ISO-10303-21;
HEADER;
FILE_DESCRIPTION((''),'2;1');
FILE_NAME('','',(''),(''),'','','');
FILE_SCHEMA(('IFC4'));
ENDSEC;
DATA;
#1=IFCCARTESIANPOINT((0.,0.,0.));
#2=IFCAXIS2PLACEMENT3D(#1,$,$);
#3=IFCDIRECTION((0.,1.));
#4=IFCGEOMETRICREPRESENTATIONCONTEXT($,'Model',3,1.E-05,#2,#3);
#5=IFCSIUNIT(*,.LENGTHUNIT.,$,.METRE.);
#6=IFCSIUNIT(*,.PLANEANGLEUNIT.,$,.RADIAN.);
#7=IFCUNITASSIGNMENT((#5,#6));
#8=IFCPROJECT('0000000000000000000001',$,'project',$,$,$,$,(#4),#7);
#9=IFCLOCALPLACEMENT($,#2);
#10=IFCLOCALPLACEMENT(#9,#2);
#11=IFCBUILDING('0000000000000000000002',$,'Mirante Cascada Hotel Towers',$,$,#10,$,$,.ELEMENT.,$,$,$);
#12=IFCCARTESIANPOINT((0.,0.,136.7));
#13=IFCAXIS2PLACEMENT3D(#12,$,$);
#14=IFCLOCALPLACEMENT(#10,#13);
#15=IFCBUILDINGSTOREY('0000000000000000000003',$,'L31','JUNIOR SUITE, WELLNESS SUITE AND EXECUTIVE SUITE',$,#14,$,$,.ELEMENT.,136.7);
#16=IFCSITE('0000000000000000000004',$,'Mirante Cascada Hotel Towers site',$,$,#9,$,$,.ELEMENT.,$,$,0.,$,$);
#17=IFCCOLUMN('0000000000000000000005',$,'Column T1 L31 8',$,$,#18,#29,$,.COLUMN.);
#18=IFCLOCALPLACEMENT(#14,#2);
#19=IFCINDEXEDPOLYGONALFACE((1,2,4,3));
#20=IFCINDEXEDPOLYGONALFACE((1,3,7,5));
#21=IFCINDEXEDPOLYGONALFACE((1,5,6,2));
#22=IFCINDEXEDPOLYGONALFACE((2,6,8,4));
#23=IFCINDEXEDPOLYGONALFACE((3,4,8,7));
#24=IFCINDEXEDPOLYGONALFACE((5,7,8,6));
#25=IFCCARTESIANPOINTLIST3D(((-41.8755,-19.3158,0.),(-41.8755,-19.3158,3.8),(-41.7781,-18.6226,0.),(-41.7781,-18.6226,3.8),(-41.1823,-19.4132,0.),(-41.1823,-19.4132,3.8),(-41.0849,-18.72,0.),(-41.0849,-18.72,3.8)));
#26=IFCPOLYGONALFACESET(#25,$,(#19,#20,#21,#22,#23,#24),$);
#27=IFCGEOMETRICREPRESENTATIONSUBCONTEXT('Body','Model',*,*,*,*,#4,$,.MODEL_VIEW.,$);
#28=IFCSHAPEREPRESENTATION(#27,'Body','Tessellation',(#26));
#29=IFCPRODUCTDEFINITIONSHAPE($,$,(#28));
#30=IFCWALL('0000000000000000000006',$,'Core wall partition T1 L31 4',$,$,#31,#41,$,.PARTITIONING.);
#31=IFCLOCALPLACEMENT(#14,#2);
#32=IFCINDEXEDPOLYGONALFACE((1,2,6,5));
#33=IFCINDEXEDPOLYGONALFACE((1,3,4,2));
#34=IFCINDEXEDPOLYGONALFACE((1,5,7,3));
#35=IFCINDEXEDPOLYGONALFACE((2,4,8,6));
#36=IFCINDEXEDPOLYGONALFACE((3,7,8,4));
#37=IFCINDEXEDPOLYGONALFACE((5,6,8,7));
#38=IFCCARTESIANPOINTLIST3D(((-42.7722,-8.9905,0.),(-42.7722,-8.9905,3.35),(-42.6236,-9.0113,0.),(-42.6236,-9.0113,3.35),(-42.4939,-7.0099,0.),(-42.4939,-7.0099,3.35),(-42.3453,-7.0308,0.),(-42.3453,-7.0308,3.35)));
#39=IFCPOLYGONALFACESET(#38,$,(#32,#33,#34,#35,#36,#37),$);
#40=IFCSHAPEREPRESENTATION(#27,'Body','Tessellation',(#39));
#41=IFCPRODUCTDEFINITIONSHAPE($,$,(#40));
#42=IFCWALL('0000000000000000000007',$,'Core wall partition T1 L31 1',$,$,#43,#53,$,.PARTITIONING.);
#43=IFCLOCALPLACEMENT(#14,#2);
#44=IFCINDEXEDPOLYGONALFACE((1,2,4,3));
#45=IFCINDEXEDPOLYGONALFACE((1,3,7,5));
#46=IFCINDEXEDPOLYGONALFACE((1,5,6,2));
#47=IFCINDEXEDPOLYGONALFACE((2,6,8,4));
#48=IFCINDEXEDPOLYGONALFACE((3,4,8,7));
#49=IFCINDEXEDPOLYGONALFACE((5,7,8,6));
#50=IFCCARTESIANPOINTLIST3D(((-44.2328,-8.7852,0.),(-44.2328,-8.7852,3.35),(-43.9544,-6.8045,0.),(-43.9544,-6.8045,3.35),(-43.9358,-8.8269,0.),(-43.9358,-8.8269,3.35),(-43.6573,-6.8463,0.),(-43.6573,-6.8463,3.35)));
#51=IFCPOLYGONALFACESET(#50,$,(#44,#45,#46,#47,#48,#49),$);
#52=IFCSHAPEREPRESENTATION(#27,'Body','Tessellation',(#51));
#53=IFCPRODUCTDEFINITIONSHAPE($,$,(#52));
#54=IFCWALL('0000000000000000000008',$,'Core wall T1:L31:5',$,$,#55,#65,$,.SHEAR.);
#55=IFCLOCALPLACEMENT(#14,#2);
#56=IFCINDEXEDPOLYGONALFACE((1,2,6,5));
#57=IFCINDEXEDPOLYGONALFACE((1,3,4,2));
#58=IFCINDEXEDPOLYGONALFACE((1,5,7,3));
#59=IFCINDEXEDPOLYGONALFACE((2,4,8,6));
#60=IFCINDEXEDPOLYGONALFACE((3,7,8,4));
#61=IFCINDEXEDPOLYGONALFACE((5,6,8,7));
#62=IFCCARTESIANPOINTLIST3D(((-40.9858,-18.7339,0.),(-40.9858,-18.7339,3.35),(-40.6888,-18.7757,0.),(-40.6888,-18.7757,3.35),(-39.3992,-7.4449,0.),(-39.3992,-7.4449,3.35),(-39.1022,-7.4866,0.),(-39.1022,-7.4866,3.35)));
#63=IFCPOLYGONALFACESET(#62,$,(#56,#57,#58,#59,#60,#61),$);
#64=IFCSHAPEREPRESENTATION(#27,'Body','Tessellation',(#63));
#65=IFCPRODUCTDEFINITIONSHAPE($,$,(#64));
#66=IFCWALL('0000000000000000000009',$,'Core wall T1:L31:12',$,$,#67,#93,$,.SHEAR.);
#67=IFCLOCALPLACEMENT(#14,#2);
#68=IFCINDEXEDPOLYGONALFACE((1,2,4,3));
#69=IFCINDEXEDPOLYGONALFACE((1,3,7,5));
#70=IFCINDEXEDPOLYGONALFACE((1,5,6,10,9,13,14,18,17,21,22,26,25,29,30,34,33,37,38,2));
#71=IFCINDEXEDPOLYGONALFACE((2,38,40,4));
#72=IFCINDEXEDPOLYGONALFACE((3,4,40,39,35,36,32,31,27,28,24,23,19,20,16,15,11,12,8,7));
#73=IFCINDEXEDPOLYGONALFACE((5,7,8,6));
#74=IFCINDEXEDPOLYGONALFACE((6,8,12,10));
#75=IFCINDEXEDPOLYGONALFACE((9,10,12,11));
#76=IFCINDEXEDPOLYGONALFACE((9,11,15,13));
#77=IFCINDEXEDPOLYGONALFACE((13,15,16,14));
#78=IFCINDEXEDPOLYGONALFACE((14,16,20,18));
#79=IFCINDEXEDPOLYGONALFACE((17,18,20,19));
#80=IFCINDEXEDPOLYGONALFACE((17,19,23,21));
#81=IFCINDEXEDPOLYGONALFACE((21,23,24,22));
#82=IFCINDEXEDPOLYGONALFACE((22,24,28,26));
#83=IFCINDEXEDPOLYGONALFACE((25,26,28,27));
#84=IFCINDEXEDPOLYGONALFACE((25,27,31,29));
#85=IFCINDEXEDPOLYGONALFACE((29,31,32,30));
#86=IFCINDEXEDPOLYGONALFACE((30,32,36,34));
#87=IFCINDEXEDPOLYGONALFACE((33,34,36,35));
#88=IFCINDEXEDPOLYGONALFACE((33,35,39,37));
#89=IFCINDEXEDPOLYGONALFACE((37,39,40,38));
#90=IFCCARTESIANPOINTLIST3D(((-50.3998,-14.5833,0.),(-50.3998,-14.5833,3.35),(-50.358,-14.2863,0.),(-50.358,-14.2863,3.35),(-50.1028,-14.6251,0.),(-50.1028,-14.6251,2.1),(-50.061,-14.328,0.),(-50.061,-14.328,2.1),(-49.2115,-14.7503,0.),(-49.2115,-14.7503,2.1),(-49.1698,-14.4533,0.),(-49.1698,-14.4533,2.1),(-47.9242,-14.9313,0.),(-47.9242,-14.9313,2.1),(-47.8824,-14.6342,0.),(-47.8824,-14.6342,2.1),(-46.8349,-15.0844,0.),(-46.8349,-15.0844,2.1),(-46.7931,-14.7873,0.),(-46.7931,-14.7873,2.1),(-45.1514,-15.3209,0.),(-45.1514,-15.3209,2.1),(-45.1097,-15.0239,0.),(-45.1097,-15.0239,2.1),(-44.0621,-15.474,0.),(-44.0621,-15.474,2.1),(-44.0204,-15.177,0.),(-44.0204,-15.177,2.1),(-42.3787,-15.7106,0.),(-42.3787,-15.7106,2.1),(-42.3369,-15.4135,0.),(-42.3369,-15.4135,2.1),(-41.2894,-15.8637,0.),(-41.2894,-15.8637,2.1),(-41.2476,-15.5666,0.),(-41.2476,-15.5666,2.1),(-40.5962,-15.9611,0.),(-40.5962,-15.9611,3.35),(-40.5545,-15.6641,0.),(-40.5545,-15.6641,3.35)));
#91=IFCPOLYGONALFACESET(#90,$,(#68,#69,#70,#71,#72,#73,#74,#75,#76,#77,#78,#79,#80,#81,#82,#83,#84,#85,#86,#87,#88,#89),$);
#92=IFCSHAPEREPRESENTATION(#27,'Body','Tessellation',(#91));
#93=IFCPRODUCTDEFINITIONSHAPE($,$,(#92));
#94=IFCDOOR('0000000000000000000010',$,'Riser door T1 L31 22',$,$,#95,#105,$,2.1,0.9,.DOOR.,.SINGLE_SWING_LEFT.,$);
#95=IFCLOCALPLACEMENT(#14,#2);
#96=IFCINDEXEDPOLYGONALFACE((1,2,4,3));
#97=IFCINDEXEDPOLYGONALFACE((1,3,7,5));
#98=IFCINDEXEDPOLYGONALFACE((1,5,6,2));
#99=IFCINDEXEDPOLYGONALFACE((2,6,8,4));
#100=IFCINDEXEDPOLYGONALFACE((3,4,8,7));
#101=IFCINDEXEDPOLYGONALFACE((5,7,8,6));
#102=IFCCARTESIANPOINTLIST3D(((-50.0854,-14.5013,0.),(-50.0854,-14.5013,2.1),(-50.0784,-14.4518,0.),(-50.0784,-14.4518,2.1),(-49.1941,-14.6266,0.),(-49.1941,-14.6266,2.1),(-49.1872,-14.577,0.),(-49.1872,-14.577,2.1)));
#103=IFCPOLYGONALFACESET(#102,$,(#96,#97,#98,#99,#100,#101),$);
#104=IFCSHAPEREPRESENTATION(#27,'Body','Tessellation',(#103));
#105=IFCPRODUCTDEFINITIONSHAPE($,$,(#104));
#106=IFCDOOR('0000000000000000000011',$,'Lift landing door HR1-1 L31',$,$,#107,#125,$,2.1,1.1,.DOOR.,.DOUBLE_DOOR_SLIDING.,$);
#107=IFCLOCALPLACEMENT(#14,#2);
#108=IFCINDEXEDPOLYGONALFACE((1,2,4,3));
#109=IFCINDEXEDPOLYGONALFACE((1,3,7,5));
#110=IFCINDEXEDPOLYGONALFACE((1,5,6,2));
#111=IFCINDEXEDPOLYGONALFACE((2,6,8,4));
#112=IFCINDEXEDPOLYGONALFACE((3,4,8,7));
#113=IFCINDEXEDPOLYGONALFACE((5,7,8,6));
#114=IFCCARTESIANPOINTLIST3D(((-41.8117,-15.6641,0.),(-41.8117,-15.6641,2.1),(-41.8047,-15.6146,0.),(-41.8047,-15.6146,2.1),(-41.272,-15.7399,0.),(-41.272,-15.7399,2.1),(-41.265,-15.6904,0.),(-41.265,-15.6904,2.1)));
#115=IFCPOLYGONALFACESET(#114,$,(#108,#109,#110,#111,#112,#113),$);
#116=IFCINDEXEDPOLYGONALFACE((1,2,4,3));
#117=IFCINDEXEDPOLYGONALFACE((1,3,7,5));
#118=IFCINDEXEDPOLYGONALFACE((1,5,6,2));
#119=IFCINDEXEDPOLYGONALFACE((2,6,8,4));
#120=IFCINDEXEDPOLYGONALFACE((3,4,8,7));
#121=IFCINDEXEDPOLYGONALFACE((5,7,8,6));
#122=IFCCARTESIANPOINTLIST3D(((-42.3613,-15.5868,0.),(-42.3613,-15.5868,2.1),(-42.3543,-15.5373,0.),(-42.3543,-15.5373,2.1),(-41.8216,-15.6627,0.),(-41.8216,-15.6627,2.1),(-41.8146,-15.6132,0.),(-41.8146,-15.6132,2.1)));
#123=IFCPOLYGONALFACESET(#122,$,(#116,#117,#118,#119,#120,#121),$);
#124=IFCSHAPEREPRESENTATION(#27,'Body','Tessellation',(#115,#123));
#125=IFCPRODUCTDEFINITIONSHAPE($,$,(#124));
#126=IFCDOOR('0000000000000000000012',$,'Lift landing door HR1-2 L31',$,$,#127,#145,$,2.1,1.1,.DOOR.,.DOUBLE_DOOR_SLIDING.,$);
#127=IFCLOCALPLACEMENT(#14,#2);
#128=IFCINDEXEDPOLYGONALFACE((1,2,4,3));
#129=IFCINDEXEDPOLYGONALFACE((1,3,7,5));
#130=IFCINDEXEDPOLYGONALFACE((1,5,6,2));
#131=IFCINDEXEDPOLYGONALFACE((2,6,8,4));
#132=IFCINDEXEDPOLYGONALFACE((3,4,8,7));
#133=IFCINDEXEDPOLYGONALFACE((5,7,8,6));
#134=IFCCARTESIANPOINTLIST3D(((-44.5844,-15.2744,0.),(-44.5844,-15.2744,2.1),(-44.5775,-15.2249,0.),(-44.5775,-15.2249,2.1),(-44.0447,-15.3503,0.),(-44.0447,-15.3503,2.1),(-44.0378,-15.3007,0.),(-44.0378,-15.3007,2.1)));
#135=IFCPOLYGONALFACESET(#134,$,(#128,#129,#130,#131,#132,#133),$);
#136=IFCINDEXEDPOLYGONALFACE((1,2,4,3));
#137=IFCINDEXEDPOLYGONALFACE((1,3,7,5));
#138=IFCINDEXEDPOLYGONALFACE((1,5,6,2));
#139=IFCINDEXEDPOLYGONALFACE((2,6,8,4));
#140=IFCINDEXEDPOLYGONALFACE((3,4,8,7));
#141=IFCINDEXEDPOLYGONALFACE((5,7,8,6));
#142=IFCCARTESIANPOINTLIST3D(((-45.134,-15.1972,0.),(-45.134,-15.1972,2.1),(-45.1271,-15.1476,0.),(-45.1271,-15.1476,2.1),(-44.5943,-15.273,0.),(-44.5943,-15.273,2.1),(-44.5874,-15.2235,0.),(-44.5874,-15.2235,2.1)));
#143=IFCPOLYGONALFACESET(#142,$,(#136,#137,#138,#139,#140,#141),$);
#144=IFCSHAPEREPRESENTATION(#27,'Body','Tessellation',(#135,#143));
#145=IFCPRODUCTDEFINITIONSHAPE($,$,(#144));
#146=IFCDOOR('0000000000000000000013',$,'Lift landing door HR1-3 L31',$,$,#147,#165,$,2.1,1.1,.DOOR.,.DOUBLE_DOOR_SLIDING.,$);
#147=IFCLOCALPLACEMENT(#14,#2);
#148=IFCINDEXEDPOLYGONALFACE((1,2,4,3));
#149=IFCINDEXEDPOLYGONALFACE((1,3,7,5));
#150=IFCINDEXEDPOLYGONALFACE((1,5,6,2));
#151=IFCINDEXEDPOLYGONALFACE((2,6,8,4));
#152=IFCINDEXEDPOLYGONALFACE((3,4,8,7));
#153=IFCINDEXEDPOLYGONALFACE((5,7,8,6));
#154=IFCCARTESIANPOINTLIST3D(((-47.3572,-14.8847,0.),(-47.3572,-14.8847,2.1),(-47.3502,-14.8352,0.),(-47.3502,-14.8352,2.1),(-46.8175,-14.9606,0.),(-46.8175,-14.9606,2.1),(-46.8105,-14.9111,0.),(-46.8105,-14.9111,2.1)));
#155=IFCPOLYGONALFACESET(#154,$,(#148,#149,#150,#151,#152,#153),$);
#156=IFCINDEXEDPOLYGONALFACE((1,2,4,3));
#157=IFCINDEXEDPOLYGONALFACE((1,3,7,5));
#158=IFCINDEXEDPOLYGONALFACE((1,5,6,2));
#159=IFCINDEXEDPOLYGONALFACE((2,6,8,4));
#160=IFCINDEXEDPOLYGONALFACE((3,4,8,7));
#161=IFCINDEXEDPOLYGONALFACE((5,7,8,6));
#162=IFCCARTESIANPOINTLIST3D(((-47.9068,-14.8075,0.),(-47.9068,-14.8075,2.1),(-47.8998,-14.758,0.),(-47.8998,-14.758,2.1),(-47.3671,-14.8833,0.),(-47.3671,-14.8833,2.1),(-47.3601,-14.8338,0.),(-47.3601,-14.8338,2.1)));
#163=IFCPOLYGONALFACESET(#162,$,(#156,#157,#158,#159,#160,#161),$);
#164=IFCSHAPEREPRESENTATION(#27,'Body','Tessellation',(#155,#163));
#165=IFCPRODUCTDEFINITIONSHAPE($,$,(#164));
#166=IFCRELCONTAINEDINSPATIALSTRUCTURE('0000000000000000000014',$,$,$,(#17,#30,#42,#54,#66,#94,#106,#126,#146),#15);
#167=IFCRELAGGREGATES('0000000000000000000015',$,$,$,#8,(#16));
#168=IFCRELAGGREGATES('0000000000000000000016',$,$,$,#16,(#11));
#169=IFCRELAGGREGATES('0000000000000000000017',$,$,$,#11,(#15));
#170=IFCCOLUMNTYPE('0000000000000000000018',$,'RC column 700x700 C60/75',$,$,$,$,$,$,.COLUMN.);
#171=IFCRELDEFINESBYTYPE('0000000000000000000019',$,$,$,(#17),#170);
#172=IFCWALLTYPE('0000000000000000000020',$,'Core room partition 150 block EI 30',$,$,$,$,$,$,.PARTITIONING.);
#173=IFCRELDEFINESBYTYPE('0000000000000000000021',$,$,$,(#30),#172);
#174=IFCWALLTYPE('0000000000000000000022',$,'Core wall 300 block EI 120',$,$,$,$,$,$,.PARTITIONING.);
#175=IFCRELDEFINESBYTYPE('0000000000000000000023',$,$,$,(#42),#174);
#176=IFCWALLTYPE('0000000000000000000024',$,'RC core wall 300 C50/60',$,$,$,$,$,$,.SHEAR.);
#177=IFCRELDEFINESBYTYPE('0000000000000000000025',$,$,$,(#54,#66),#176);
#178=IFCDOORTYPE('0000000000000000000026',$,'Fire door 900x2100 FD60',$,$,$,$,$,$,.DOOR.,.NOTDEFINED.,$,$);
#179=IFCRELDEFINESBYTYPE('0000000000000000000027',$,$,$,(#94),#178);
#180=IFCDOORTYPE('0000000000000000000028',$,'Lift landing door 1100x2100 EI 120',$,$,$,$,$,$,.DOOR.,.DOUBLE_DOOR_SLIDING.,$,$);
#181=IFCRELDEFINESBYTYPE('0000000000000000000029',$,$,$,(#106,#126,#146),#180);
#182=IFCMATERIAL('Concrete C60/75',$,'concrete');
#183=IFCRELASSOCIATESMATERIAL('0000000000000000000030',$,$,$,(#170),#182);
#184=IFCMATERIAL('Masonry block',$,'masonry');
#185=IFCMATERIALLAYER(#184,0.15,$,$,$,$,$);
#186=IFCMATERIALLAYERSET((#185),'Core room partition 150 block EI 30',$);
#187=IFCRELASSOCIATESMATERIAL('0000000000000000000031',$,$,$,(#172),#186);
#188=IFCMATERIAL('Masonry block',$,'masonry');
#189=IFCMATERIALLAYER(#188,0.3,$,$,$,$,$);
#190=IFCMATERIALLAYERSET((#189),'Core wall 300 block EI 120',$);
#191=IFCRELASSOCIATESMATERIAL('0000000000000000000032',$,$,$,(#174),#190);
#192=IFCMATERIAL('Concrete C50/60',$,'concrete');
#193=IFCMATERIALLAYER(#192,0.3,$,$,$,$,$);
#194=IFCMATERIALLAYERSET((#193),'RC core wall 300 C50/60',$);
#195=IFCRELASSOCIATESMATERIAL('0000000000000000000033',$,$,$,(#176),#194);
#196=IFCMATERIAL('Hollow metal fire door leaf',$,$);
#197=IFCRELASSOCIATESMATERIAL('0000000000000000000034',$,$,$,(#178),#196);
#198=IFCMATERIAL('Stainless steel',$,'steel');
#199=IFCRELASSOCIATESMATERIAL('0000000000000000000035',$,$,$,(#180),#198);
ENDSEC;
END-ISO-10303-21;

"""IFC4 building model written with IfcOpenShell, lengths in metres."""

from ifc_helpers import new_model, si_unit, direction, frame, frame_2d, origin, origin_2d, place, context, subcontext, project, spatial, rectangle, extrude, material, layer, layer_set, material_profile, profile_set, type_object, element, fill, save


model = new_model("IFC4")

# Units and contexts
model_context = context("Model", 3, precision=1e-05, world=origin(), true_north=direction((0.0, 1.0)))
body_context = subcontext(model_context, "Body", "Model", "MODEL_VIEW")
ifc_project = project(units=[si_unit("LENGTHUNIT", "METRE"), si_unit("PLANEANGLEUNIT", "RADIAN")], contexts=[model_context])

# Site, building, storey
site_placement = place(None, origin())
site = spatial("IfcSite", under=ifc_project, at=site_placement, Name="Mirante Cascada Hotel Towers site", CompositionType="ELEMENT", RefElevation=0.0)
building_placement = place(site_placement, origin())
building = spatial("IfcBuilding", under=site, at=building_placement, Name="Mirante Cascada Hotel Towers", CompositionType="ELEMENT")
storey_placement = place(building_placement, frame((0.0, 0.0, 136.7)))
storey = spatial("IfcBuildingStorey", under=building, at=storey_placement, Name="L31", Description="JUNIOR SUITE, WELLNESS SUITE AND EXECUTIVE SUITE", CompositionType="ELEMENT", Elevation=136.7)

# Column
ifc_material_1 = material(Name="Concrete C60/75", Category="concrete")
ifc_material_profile = material_profile(ifc_material_1, rectangle(XDim=0.7, YDim=0.7, at=origin_2d()), Name="RC column 700x700 C60/75")
ifc_profile_set = profile_set([ifc_material_profile], Name="Concrete C60/75")
column_type = type_object("IfcColumnType", Name="RC column 700x700 C60/75", PredefinedType="COLUMN", material=ifc_profile_set)
column_placement = place(storey_placement, frame((-41.4802, -19.0179, 0.0), z_axis=(0.0, 0.0, 1.0), x_axis=(-0.990268, 0.139173, 0.0)))
element("IfcColumn", 1, at=column_placement, inside=storey, type_object=column_type, Name="Column T1 L31 8", PredefinedType="COLUMN", context=body_context, shape_type="SweptSolid", body=[
    extrude(rectangle(XDim=0.7, YDim=0.7, at=origin_2d()), origin(), (0.0, 0.0, 1.0), 3.8),
])

# Walls
ifc_material_2 = material(Name="Masonry block", Category="masonry")
ifc_layer_1 = layer(ifc_material_2, 0.15)
ifc_layer_set_1 = layer_set([ifc_layer_1], Name="Core room partition 150 block EI 30")
wall_type_1 = type_object("IfcWallType", Name="Core room partition 150 block EI 30", PredefinedType="PARTITIONING", material=ifc_layer_set_1)
wall_1_placement = place(storey_placement, frame((-42.6979, -9.0009, 0.0), z_axis=(0.0, 0.0, 1.0), x_axis=(0.139153, 0.990271, 0.0)))
element("IfcWall", 2, at=wall_1_placement, inside=storey, type_object=wall_type_1, Name="Core wall partition T1 L31 4", PredefinedType="PARTITIONING", context=body_context, shape_type="SweptSolid", body=[
    extrude(rectangle(XDim=2.0, YDim=0.15, at=frame_2d((1.0, 0.0))), origin(), (0.0, 0.0, 1.0), 3.35),
])
ifc_material_3 = material(Name="Masonry block", Category="masonry")
ifc_layer_2 = layer(ifc_material_3, 0.3)
ifc_layer_set_2 = layer_set([ifc_layer_2], Name="Core wall 300 block EI 120")
wall_type_2 = type_object("IfcWallType", Name="Core wall 300 block EI 120", PredefinedType="PARTITIONING", material=ifc_layer_set_2)
wall_2_placement = place(storey_placement, frame((-44.0843, -8.8061, 0.0), z_axis=(0.0, 0.0, 1.0), x_axis=(0.139195, 0.990265, 0.0)))
element("IfcWall", 3, at=wall_2_placement, inside=storey, type_object=wall_type_2, Name="Core wall partition T1 L31 1", PredefinedType="PARTITIONING", context=body_context, shape_type="SweptSolid", body=[
    extrude(rectangle(XDim=2.0001, YDim=0.3, at=frame_2d((1.0001, 0.0))), origin(), (0.0, 0.0, 1.0), 3.35),
])
ifc_material_4 = material(Name="Concrete C50/60", Category="concrete")
ifc_layer_3 = layer(ifc_material_4, 0.3)
ifc_layer_set_3 = layer_set([ifc_layer_3], Name="RC core wall 300 C50/60")
wall_type_3 = type_object("IfcWallType", Name="RC core wall 300 C50/60", PredefinedType="SHEAR", material=ifc_layer_set_3)
wall_3_placement = place(storey_placement, frame((-40.8373, -18.7548, 0.0), z_axis=(0.0, 0.0, 1.0), x_axis=(0.139175, 0.990268, 0.0)))
element("IfcWall", 4, at=wall_3_placement, inside=storey, type_object=wall_type_3, Name="Core wall T1:L31:5", PredefinedType="SHEAR", context=body_context, shape_type="SweptSolid", body=[
    extrude(rectangle(XDim=11.4, YDim=0.3, at=frame_2d((5.7, 0.0))), origin(), (0.0, 0.0, 1.0), 3.35),
])

# Wall, openings, doors
wall_4_placement = place(storey_placement, frame((-40.5753, -15.8126, 0.0), z_axis=(0.0, 0.0, 1.0), x_axis=(-0.990268, 0.139173, 0.0)))
wall_4 = element("IfcWall", 5, at=wall_4_placement, inside=storey, type_object=wall_type_3, Name="Core wall T1:L31:12", PredefinedType="SHEAR", context=body_context, shape_type="SweptSolid", body=[
    extrude(rectangle(XDim=9.8999, YDim=0.3, at=frame_2d((4.95, 0.0))), origin(), (0.0, 0.0, 1.0), 3.35),
])
opening_1_placement = place(wall_4_placement, frame((0.7, 0.0, 0.0)))
opening_1 = element("IfcOpeningElement", 6, at=opening_1_placement, cuts=wall_4, PredefinedType="OPENING", context=body_context, shape_type="SweptSolid", body=[
    extrude(rectangle(XDim=1.1, YDim=2.1, at=frame_2d((0.55, 1.05))), frame((0.0, 0.15, 0.0), z_axis=(0.0, -1.0, 0.0), x_axis=(1.0, 0.0, 0.0)), (0.0, 0.0, 1.0), 0.3),
])
opening_2_placement = place(wall_4_placement, frame((3.5, 0.0, 0.0)))
opening_2 = element("IfcOpeningElement", 7, at=opening_2_placement, cuts=wall_4, PredefinedType="OPENING", context=body_context, shape_type="SweptSolid", body=[
    extrude(rectangle(XDim=1.1, YDim=2.1, at=frame_2d((0.55, 1.05))), frame((0.0, 0.15, 0.0), z_axis=(0.0, -1.0, 0.0), x_axis=(1.0, 0.0, 0.0)), (0.0, 0.0, 1.0), 0.3),
])
opening_3_placement = place(wall_4_placement, frame((6.3, 0.0, 0.0)))
opening_3 = element("IfcOpeningElement", 8, at=opening_3_placement, cuts=wall_4, PredefinedType="OPENING", context=body_context, shape_type="SweptSolid", body=[
    extrude(rectangle(XDim=1.1, YDim=2.1, at=frame_2d((0.55, 1.05))), frame((0.0, 0.15, 0.0), z_axis=(0.0, -1.0, 0.0), x_axis=(1.0, 0.0, 0.0)), (0.0, 0.0, 1.0), 0.3),
])
opening_4_placement = place(wall_4_placement, frame((8.7, 0.0, 0.0)))
opening_4 = element("IfcOpeningElement", 9, at=opening_4_placement, cuts=wall_4, PredefinedType="OPENING", context=body_context, shape_type="SweptSolid", body=[
    extrude(rectangle(XDim=0.9, YDim=2.1, at=frame_2d((0.45, 1.05))), frame((0.0, 0.15, 0.0), z_axis=(0.0, -1.0, 0.0), x_axis=(1.0, 0.0, 0.0)), (0.0, 0.0, 1.0), 0.3),
])
ifc_material_5 = material(Name="Hollow metal fire door leaf")
door_type_1 = type_object("IfcDoorType", Name="Fire door 900x2100 FD60", OperationType="NOTDEFINED", PredefinedType="DOOR", material=ifc_material_5)
door_1_placement = place(opening_4_placement, origin())
door_1 = element("IfcDoor", 10, at=door_1_placement, inside=storey, type_object=door_type_1, Name="Riser door T1 L31 22", OperationType="SINGLE_SWING_LEFT", OverallHeight=2.1, OverallWidth=0.9, PredefinedType="DOOR", context=body_context, shape_type="SweptSolid", body=[
    extrude(rectangle(XDim=0.9, YDim=2.1, at=frame_2d((0.45, 1.05))), frame((0.0, 0.025, 0.0), z_axis=(0.0, -1.0, 0.0), x_axis=(1.0, 0.0, 0.0)), (0.0, 0.0, 1.0), 0.05),
])
fill(opening_4, door_1)
ifc_material_6 = material(Name="Stainless steel", Category="steel")
door_type_2 = type_object("IfcDoorType", Name="Lift landing door 1100x2100 EI 120", OperationType="DOUBLE_DOOR_SLIDING", PredefinedType="DOOR", material=ifc_material_6)
door_2_placement = place(opening_1_placement, origin())
door_2 = element("IfcDoor", 11, at=door_2_placement, inside=storey, type_object=door_type_2, Name="Lift landing door HR1-1 L31", OperationType="DOUBLE_DOOR_SLIDING", OverallHeight=2.1, OverallWidth=1.1, PredefinedType="DOOR", context=body_context, shape_type="SweptSolid", body=[
    extrude(rectangle(XDim=0.545, YDim=2.1, at=frame_2d((0.2725, 1.05))), frame((0.0, 0.025, 0.0), z_axis=(0.0, -1.0, 0.0), x_axis=(1.0, 0.0, 0.0)), (0.0, 0.0, 1.0), 0.05),
    extrude(rectangle(XDim=0.545, YDim=2.1, at=frame_2d((0.8275, 1.05))), frame((0.0, 0.025, 0.0), z_axis=(0.0, -1.0, 0.0), x_axis=(1.0, 0.0, 0.0)), (0.0, 0.0, 1.0), 0.05),
])
fill(opening_1, door_2)
door_3_placement = place(opening_2_placement, origin())
door_3 = element("IfcDoor", 12, at=door_3_placement, inside=storey, type_object=door_type_2, Name="Lift landing door HR1-2 L31", OperationType="DOUBLE_DOOR_SLIDING", OverallHeight=2.1, OverallWidth=1.1, PredefinedType="DOOR", context=body_context, shape_type="SweptSolid", body=[
    extrude(rectangle(XDim=0.545, YDim=2.1, at=frame_2d((0.2725, 1.05))), frame((0.0, 0.025, 0.0), z_axis=(0.0, -1.0, 0.0), x_axis=(1.0, 0.0, 0.0)), (0.0, 0.0, 1.0), 0.05),
    extrude(rectangle(XDim=0.545, YDim=2.1, at=frame_2d((0.8275, 1.05))), frame((0.0, 0.025, 0.0), z_axis=(0.0, -1.0, 0.0), x_axis=(1.0, 0.0, 0.0)), (0.0, 0.0, 1.0), 0.05),
])
fill(opening_2, door_3)
door_4_placement = place(opening_3_placement, origin())
door_4 = element("IfcDoor", 13, at=door_4_placement, inside=storey, type_object=door_type_2, Name="Lift landing door HR1-3 L31", OperationType="DOUBLE_DOOR_SLIDING", OverallHeight=2.1, OverallWidth=1.1, PredefinedType="DOOR", context=body_context, shape_type="SweptSolid", body=[
    extrude(rectangle(XDim=0.545, YDim=2.1, at=frame_2d((0.2725, 1.05))), frame((0.0, 0.025, 0.0), z_axis=(0.0, -1.0, 0.0), x_axis=(1.0, 0.0, 0.0)), (0.0, 0.0, 1.0), 0.05),
    extrude(rectangle(XDim=0.545, YDim=2.1, at=frame_2d((0.8275, 1.05))), frame((0.0, 0.025, 0.0), z_axis=(0.0, -1.0, 0.0), x_axis=(1.0, 0.0, 0.0)), (0.0, 0.0, 1.0), 0.05),
])
fill(opening_3, door_4)

save(model, "model.ifc")
